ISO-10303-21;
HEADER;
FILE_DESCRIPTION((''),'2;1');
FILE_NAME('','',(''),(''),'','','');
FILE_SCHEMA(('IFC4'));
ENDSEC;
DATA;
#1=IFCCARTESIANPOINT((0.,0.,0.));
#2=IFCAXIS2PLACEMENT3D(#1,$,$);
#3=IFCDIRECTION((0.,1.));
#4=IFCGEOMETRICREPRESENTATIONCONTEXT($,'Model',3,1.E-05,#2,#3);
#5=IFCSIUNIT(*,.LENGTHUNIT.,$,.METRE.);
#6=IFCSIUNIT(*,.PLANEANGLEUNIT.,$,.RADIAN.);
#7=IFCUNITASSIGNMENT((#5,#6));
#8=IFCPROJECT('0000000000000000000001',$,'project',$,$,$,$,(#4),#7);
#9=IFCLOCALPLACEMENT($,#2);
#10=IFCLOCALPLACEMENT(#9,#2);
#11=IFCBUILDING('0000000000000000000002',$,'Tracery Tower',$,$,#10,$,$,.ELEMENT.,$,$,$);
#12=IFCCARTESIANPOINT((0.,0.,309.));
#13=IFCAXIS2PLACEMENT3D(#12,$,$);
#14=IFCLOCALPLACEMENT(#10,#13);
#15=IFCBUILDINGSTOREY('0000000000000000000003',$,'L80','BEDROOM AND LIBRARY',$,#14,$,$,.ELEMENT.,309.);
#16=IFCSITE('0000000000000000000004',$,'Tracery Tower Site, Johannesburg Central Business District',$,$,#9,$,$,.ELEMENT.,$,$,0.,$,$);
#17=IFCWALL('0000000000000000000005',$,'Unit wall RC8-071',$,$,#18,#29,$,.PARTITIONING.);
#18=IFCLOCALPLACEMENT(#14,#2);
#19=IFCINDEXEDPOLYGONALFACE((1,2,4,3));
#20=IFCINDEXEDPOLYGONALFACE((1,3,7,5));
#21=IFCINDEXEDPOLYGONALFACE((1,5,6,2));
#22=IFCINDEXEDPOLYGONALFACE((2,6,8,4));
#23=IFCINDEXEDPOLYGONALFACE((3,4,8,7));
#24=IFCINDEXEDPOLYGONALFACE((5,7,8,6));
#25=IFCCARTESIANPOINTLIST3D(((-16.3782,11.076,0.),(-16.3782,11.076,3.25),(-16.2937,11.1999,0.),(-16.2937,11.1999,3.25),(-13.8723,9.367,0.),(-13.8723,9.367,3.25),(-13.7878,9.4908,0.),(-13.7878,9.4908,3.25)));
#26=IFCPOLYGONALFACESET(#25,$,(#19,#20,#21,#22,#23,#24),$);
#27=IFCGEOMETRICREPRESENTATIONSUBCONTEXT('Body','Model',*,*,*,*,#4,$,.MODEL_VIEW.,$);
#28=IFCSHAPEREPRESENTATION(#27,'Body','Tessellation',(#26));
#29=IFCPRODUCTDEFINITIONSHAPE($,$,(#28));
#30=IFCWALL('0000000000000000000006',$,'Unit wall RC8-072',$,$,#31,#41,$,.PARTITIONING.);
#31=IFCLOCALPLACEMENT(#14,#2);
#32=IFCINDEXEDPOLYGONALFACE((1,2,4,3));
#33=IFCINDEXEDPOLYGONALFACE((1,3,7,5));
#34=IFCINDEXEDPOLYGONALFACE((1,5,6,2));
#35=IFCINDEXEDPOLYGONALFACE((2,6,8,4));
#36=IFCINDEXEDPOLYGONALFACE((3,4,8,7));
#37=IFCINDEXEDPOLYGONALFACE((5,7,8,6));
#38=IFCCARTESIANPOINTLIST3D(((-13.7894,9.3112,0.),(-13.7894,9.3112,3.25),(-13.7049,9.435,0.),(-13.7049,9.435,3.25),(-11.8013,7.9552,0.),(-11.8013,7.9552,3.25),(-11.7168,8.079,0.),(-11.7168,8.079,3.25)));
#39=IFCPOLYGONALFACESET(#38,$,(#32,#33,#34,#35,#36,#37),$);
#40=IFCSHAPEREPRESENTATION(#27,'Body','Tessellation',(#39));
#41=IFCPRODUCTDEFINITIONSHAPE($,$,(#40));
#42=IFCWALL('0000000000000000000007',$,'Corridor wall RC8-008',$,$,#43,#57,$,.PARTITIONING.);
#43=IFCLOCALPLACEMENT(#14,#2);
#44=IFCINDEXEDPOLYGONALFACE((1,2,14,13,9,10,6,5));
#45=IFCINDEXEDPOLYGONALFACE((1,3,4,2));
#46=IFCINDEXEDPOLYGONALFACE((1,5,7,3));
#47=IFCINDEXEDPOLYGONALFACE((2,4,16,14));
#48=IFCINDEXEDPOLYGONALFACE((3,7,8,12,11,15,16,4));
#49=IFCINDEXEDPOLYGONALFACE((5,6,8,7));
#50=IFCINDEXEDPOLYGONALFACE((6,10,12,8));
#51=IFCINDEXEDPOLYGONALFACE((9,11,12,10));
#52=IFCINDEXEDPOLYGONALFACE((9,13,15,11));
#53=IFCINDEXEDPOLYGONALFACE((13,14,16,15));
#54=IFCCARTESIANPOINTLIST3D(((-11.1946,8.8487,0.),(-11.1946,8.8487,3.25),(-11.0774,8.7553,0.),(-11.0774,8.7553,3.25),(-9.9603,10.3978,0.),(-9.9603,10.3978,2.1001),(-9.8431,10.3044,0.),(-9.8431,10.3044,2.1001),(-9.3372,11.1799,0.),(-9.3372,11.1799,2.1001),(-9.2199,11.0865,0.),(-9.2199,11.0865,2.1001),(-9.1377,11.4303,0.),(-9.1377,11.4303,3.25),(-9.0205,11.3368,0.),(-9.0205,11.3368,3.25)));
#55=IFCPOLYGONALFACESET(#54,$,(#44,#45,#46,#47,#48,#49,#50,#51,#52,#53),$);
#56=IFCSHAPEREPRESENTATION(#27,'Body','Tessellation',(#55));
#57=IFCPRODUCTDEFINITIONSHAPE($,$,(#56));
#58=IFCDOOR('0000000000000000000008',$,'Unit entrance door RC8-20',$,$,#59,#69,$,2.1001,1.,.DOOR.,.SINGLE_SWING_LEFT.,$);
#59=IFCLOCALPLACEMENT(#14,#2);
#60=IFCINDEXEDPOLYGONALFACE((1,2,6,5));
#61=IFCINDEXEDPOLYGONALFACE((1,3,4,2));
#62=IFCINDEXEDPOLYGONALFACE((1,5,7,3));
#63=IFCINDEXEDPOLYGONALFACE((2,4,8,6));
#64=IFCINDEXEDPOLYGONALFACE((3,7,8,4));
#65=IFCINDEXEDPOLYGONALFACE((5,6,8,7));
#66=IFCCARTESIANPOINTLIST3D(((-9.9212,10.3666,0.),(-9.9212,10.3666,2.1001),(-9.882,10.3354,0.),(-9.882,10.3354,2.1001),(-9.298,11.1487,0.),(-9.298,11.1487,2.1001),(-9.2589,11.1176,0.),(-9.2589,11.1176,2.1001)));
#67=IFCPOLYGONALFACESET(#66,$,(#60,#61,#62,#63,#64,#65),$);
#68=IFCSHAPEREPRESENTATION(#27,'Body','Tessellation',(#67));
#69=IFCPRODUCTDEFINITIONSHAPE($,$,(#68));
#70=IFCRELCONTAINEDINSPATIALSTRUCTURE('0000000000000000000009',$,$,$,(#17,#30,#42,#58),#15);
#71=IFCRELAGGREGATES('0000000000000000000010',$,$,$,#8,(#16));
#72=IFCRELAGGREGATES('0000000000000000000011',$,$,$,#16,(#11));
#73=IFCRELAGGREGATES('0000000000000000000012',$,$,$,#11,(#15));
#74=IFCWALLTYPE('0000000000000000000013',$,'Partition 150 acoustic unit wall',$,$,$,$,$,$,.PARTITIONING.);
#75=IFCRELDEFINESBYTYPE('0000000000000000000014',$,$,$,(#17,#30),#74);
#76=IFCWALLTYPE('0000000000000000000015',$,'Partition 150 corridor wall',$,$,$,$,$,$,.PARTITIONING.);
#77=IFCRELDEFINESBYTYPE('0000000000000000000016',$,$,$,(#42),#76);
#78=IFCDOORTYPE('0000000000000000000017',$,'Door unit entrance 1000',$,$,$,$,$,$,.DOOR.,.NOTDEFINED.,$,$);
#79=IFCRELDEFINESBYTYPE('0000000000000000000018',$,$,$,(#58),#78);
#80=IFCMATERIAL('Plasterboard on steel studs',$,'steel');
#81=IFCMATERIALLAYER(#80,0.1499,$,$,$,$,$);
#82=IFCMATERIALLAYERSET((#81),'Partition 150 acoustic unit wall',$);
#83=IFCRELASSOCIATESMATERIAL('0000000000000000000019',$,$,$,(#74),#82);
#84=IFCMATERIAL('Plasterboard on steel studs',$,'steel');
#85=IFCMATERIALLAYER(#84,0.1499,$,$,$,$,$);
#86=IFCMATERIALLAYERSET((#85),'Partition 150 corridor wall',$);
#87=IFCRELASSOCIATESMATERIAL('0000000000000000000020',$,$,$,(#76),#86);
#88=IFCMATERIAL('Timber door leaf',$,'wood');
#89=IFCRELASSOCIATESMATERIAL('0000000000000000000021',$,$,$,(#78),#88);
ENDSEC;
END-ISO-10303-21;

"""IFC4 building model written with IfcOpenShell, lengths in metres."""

from ifc_helpers import new_model, si_unit, direction, frame, frame_2d, origin, place, context, subcontext, project, spatial, rectangle, extrude, material, layer, layer_set, type_object, element, fill, save


model = new_model("IFC4")

# Units and contexts
model_context = context("Model", 3, precision=1e-05, world=origin(), true_north=direction((0.0, 1.0)))
body_context = subcontext(model_context, "Body", "Model", "MODEL_VIEW")
ifc_project = project(units=[si_unit("LENGTHUNIT", "METRE"), si_unit("PLANEANGLEUNIT", "RADIAN")], contexts=[model_context])

# Site, building, storey
site_placement = place(None, origin())
site = spatial("IfcSite", under=ifc_project, at=site_placement, Name="Tracery Tower Site, Johannesburg Central Business District", CompositionType="ELEMENT", RefElevation=0.0)
building_placement = place(site_placement, origin())
building = spatial("IfcBuilding", under=site, at=building_placement, Name="Tracery Tower", CompositionType="ELEMENT")
storey_placement = place(building_placement, frame((0.0, 0.0, 309.0)))
storey = spatial("IfcBuildingStorey", under=building, at=storey_placement, Name="L80", Description="BEDROOM AND LIBRARY", CompositionType="ELEMENT", Elevation=309.0)

# Walls
ifc_material_1 = material(Name="Plasterboard on steel studs", Category="steel")
ifc_layer_1 = layer(ifc_material_1, 0.1499)
ifc_layer_set_1 = layer_set([ifc_layer_1], Name="Partition 150 acoustic unit wall")
wall_type_1 = type_object("IfcWallType", Name="Partition 150 acoustic unit wall", PredefinedType="PARTITIONING", material=ifc_layer_set_1)
wall_1_placement = place(storey_placement, frame((-16.3359, 11.1379, 0.0), z_axis=(0.0, 0.0, 1.0), x_axis=(0.826159, -0.563437, 0.0)))
element("IfcWall", 1, at=wall_1_placement, inside=storey, type_object=wall_type_1, Name="Unit wall RC8-071", PredefinedType="PARTITIONING", context=body_context, shape_type="SweptSolid", body=[
    extrude(rectangle(XDim=3.0332, YDim=0.1499, at=frame_2d((1.5166, 0.0))), origin(), (0.0, 0.0, 1.0), 3.25),
])
wall_2_placement = place(storey_placement, frame((-13.7471, 9.373, 0.0), z_axis=(0.0, 0.0, 1.0), x_axis=(0.826135, -0.563472, 0.0)))
element("IfcWall", 2, at=wall_2_placement, inside=storey, type_object=wall_type_1, Name="Unit wall RC8-072", PredefinedType="PARTITIONING", context=body_context, shape_type="SweptSolid", body=[
    extrude(rectangle(XDim=2.4065, YDim=0.1499, at=frame_2d((1.2031, 0.0))), origin(), (0.0, 0.0, 1.0), 3.25),
])

# Wall, opening, door
ifc_material_2 = material(Name="Plasterboard on steel studs", Category="steel")
ifc_layer_2 = layer(ifc_material_2, 0.1499)
ifc_layer_set_2 = layer_set([ifc_layer_2], Name="Partition 150 corridor wall")
wall_type_2 = type_object("IfcWallType", Name="Partition 150 corridor wall", PredefinedType="PARTITIONING", material=ifc_layer_set_2)
wall_3_placement = place(storey_placement, frame((-11.136, 8.802, 0.0), z_axis=(0.0, 0.0, 1.0), x_axis=(0.623151, 0.782101, 0.0)))
wall_3 = element("IfcWall", 3, at=wall_3_placement, inside=storey, type_object=wall_type_2, Name="Corridor wall RC8-008", PredefinedType="PARTITIONING", context=body_context, shape_type="SweptSolid", body=[
    extrude(rectangle(XDim=3.3008, YDim=0.1499, at=frame_2d((1.6504, 0.0))), origin(), (0.0, 0.0, 1.0), 3.25),
])
opening_1_placement = place(wall_3_placement, frame((1.9807, 0.0, 0.0)))
opening_1 = element("IfcOpeningElement", 4, at=opening_1_placement, cuts=wall_3, PredefinedType="OPENING", context=body_context, shape_type="SweptSolid", body=[
    extrude(rectangle(XDim=1.0, YDim=2.1001, at=frame_2d((0.5, 1.05))), frame((0.0, 0.075, 0.0), z_axis=(0.0, -1.0, 0.0), x_axis=(1.0, 0.0, 0.0)), (0.0, 0.0, 1.0), 0.1499),
])
ifc_material_3 = material(Name="Timber door leaf", Category="wood")
door_type_1 = type_object("IfcDoorType", Name="Door unit entrance 1000", OperationType="NOTDEFINED", PredefinedType="DOOR", material=ifc_material_3)
door_1_placement = place(opening_1_placement, origin())
door_1 = element("IfcDoor", 5, at=door_1_placement, inside=storey, type_object=door_type_1, Name="Unit entrance door RC8-20", OperationType="SINGLE_SWING_LEFT", OverallHeight=2.1001, OverallWidth=1.0, PredefinedType="DOOR", context=body_context, shape_type="SweptSolid", body=[
    extrude(rectangle(XDim=1.0, YDim=2.1001, at=frame_2d((0.5, 1.05))), frame((0.0, 0.0249, 0.0), z_axis=(0.0, -1.0, 0.0), x_axis=(1.0, 0.0, 0.0)), (0.0, 0.0, 1.0), 0.05),
])
fill(opening_1, door_1)

save(model, "model.ifc")
